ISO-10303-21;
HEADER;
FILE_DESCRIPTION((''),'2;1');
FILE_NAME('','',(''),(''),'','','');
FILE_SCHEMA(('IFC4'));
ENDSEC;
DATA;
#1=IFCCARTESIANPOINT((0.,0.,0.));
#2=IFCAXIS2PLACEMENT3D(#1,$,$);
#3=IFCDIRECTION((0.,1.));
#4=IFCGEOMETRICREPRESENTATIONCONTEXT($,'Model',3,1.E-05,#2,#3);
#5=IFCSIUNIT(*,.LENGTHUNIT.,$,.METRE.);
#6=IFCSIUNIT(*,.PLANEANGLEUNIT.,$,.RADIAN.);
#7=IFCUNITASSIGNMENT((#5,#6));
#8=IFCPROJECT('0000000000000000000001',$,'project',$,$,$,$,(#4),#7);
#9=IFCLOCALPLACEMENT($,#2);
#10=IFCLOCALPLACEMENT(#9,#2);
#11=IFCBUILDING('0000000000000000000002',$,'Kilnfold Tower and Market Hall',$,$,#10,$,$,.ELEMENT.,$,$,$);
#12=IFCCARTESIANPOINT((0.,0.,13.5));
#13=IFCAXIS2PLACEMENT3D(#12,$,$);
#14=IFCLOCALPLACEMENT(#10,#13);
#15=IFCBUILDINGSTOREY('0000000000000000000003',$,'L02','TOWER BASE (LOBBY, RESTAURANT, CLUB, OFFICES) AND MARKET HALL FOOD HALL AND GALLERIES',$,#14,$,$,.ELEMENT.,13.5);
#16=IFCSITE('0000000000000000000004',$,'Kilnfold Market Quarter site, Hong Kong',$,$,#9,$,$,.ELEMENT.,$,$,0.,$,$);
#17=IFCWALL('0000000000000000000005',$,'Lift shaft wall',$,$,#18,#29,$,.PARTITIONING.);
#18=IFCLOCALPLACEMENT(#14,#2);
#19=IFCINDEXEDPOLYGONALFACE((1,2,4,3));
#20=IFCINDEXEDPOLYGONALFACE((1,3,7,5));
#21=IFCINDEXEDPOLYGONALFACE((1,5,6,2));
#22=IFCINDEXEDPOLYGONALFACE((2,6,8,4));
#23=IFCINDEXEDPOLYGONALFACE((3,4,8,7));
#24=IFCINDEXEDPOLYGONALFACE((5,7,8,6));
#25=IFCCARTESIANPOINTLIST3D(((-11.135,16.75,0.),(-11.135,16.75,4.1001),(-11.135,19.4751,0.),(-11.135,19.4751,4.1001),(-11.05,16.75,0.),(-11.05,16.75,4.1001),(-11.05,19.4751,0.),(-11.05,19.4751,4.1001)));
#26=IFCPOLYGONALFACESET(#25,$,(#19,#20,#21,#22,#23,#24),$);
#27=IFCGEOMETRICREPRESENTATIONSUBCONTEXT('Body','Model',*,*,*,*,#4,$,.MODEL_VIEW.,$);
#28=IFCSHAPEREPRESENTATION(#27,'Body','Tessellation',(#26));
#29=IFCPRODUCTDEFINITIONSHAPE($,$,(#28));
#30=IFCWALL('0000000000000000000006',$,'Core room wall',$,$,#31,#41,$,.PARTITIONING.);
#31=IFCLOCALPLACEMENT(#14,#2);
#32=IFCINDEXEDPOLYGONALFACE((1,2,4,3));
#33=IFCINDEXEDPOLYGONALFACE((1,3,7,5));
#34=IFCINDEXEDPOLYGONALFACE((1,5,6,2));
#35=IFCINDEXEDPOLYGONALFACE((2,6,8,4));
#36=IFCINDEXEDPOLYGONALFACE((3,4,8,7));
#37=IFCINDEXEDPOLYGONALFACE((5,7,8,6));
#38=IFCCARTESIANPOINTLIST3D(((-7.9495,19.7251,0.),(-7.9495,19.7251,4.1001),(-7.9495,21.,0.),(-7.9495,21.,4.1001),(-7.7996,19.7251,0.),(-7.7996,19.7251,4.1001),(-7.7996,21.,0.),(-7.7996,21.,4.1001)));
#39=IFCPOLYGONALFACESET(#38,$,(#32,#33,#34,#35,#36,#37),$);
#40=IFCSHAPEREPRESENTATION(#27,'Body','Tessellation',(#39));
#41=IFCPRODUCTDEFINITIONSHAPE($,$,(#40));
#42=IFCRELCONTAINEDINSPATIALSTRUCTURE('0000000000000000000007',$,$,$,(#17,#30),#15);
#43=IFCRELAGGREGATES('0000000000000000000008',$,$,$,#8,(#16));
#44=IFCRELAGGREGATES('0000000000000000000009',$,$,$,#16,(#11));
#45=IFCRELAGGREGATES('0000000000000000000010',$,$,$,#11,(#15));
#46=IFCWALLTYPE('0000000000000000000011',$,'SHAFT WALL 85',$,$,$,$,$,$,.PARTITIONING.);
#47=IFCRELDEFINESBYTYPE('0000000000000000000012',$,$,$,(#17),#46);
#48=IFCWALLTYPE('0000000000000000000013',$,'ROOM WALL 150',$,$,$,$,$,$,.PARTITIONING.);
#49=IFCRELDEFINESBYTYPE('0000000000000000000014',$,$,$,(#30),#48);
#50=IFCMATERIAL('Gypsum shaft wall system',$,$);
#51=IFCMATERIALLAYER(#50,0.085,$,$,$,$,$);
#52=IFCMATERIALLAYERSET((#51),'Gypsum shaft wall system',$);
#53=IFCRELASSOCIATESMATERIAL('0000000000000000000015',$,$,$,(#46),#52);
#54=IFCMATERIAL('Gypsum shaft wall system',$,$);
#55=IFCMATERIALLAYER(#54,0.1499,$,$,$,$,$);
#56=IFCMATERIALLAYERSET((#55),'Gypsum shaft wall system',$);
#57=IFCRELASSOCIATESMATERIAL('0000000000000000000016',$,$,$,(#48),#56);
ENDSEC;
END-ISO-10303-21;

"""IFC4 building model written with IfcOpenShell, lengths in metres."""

from ifc_helpers import new_model, si_unit, direction, frame, frame_2d, origin, place, context, subcontext, project, spatial, rectangle, extrude, source, transform, mapped, material, layer, layer_set, type_object, element, save


model = new_model("IFC4")

# Units and contexts
model_context = context("Model", 3, precision=1e-05, world=origin(), true_north=direction((0.0, 1.0)))
body_context = subcontext(model_context, "Body", "Model", "MODEL_VIEW")
ifc_project = project(units=[si_unit("LENGTHUNIT", "METRE"), si_unit("PLANEANGLEUNIT", "RADIAN")], contexts=[model_context])

# Site, building, storey
site_placement = place(None, origin())
site = spatial("IfcSite", under=ifc_project, at=site_placement, Name="Kilnfold Market Quarter site, Hong Kong", CompositionType="ELEMENT", RefElevation=0.0)
building_placement = place(site_placement, origin())
building = spatial("IfcBuilding", under=site, at=building_placement, Name="Kilnfold Tower and Market Hall", CompositionType="ELEMENT")
storey_placement = place(building_placement, frame((0.0, 0.0, 13.5)))
storey = spatial("IfcBuildingStorey", under=building, at=storey_placement, Name="L02", Description="TOWER BASE (LOBBY, RESTAURANT, CLUB, OFFICES) AND MARKET HALL FOOD HALL AND GALLERIES", CompositionType="ELEMENT", Elevation=13.5)

# Walls
ifc_material_1 = material(Name="Gypsum shaft wall system")
ifc_layer_1 = layer(ifc_material_1, 0.085)
ifc_layer_set_1 = layer_set([ifc_layer_1], Name="Gypsum shaft wall system")
wall_type_1 = type_object("IfcWallType", Name="SHAFT WALL 85", PredefinedType="PARTITIONING", material=ifc_layer_set_1)
shared_shape_1 = source(origin(), body_context, "Body", "SweptSolid", [
    extrude(rectangle(XDim=2.7251, YDim=0.085, at=frame_2d((1.3625, 0.0))), origin(), (0.0, 0.0, 1.0), 4.1001),
])
wall_1_placement = place(storey_placement, frame((-11.0925, 16.75, 0.0), z_axis=(0.0, 0.0, 1.0), x_axis=(0.0, 1.0, 0.0)))
element("IfcWall", 1, at=wall_1_placement, inside=storey, type_object=wall_type_1, Name="Lift shaft wall", PredefinedType="PARTITIONING", context=body_context, shape_type="MappedRepresentation", body=[
    mapped(shared_shape_1, transform((0.0, 0.0, 0.0))),
])
ifc_material_2 = material(Name="Gypsum shaft wall system")
ifc_layer_2 = layer(ifc_material_2, 0.1499)
ifc_layer_set_2 = layer_set([ifc_layer_2], Name="Gypsum shaft wall system")
wall_type_2 = type_object("IfcWallType", Name="ROOM WALL 150", PredefinedType="PARTITIONING", material=ifc_layer_set_2)
shared_shape_2 = source(origin(), body_context, "Body", "SweptSolid", [
    extrude(rectangle(XDim=1.2749, YDim=0.1499, at=frame_2d((0.6375, 0.0))), origin(), (0.0, 0.0, 1.0), 4.1001),
])
wall_2_placement = place(storey_placement, frame((-7.8745, 19.7251, 0.0), z_axis=(0.0, 0.0, 1.0), x_axis=(0.0, 1.0, 0.0)))
element("IfcWall", 2, at=wall_2_placement, inside=storey, type_object=wall_type_2, Name="Core room wall", PredefinedType="PARTITIONING", context=body_context, shape_type="MappedRepresentation", body=[
    mapped(shared_shape_2, transform((0.0, 0.0, 0.0))),
])

save(model, "model.ifc")
